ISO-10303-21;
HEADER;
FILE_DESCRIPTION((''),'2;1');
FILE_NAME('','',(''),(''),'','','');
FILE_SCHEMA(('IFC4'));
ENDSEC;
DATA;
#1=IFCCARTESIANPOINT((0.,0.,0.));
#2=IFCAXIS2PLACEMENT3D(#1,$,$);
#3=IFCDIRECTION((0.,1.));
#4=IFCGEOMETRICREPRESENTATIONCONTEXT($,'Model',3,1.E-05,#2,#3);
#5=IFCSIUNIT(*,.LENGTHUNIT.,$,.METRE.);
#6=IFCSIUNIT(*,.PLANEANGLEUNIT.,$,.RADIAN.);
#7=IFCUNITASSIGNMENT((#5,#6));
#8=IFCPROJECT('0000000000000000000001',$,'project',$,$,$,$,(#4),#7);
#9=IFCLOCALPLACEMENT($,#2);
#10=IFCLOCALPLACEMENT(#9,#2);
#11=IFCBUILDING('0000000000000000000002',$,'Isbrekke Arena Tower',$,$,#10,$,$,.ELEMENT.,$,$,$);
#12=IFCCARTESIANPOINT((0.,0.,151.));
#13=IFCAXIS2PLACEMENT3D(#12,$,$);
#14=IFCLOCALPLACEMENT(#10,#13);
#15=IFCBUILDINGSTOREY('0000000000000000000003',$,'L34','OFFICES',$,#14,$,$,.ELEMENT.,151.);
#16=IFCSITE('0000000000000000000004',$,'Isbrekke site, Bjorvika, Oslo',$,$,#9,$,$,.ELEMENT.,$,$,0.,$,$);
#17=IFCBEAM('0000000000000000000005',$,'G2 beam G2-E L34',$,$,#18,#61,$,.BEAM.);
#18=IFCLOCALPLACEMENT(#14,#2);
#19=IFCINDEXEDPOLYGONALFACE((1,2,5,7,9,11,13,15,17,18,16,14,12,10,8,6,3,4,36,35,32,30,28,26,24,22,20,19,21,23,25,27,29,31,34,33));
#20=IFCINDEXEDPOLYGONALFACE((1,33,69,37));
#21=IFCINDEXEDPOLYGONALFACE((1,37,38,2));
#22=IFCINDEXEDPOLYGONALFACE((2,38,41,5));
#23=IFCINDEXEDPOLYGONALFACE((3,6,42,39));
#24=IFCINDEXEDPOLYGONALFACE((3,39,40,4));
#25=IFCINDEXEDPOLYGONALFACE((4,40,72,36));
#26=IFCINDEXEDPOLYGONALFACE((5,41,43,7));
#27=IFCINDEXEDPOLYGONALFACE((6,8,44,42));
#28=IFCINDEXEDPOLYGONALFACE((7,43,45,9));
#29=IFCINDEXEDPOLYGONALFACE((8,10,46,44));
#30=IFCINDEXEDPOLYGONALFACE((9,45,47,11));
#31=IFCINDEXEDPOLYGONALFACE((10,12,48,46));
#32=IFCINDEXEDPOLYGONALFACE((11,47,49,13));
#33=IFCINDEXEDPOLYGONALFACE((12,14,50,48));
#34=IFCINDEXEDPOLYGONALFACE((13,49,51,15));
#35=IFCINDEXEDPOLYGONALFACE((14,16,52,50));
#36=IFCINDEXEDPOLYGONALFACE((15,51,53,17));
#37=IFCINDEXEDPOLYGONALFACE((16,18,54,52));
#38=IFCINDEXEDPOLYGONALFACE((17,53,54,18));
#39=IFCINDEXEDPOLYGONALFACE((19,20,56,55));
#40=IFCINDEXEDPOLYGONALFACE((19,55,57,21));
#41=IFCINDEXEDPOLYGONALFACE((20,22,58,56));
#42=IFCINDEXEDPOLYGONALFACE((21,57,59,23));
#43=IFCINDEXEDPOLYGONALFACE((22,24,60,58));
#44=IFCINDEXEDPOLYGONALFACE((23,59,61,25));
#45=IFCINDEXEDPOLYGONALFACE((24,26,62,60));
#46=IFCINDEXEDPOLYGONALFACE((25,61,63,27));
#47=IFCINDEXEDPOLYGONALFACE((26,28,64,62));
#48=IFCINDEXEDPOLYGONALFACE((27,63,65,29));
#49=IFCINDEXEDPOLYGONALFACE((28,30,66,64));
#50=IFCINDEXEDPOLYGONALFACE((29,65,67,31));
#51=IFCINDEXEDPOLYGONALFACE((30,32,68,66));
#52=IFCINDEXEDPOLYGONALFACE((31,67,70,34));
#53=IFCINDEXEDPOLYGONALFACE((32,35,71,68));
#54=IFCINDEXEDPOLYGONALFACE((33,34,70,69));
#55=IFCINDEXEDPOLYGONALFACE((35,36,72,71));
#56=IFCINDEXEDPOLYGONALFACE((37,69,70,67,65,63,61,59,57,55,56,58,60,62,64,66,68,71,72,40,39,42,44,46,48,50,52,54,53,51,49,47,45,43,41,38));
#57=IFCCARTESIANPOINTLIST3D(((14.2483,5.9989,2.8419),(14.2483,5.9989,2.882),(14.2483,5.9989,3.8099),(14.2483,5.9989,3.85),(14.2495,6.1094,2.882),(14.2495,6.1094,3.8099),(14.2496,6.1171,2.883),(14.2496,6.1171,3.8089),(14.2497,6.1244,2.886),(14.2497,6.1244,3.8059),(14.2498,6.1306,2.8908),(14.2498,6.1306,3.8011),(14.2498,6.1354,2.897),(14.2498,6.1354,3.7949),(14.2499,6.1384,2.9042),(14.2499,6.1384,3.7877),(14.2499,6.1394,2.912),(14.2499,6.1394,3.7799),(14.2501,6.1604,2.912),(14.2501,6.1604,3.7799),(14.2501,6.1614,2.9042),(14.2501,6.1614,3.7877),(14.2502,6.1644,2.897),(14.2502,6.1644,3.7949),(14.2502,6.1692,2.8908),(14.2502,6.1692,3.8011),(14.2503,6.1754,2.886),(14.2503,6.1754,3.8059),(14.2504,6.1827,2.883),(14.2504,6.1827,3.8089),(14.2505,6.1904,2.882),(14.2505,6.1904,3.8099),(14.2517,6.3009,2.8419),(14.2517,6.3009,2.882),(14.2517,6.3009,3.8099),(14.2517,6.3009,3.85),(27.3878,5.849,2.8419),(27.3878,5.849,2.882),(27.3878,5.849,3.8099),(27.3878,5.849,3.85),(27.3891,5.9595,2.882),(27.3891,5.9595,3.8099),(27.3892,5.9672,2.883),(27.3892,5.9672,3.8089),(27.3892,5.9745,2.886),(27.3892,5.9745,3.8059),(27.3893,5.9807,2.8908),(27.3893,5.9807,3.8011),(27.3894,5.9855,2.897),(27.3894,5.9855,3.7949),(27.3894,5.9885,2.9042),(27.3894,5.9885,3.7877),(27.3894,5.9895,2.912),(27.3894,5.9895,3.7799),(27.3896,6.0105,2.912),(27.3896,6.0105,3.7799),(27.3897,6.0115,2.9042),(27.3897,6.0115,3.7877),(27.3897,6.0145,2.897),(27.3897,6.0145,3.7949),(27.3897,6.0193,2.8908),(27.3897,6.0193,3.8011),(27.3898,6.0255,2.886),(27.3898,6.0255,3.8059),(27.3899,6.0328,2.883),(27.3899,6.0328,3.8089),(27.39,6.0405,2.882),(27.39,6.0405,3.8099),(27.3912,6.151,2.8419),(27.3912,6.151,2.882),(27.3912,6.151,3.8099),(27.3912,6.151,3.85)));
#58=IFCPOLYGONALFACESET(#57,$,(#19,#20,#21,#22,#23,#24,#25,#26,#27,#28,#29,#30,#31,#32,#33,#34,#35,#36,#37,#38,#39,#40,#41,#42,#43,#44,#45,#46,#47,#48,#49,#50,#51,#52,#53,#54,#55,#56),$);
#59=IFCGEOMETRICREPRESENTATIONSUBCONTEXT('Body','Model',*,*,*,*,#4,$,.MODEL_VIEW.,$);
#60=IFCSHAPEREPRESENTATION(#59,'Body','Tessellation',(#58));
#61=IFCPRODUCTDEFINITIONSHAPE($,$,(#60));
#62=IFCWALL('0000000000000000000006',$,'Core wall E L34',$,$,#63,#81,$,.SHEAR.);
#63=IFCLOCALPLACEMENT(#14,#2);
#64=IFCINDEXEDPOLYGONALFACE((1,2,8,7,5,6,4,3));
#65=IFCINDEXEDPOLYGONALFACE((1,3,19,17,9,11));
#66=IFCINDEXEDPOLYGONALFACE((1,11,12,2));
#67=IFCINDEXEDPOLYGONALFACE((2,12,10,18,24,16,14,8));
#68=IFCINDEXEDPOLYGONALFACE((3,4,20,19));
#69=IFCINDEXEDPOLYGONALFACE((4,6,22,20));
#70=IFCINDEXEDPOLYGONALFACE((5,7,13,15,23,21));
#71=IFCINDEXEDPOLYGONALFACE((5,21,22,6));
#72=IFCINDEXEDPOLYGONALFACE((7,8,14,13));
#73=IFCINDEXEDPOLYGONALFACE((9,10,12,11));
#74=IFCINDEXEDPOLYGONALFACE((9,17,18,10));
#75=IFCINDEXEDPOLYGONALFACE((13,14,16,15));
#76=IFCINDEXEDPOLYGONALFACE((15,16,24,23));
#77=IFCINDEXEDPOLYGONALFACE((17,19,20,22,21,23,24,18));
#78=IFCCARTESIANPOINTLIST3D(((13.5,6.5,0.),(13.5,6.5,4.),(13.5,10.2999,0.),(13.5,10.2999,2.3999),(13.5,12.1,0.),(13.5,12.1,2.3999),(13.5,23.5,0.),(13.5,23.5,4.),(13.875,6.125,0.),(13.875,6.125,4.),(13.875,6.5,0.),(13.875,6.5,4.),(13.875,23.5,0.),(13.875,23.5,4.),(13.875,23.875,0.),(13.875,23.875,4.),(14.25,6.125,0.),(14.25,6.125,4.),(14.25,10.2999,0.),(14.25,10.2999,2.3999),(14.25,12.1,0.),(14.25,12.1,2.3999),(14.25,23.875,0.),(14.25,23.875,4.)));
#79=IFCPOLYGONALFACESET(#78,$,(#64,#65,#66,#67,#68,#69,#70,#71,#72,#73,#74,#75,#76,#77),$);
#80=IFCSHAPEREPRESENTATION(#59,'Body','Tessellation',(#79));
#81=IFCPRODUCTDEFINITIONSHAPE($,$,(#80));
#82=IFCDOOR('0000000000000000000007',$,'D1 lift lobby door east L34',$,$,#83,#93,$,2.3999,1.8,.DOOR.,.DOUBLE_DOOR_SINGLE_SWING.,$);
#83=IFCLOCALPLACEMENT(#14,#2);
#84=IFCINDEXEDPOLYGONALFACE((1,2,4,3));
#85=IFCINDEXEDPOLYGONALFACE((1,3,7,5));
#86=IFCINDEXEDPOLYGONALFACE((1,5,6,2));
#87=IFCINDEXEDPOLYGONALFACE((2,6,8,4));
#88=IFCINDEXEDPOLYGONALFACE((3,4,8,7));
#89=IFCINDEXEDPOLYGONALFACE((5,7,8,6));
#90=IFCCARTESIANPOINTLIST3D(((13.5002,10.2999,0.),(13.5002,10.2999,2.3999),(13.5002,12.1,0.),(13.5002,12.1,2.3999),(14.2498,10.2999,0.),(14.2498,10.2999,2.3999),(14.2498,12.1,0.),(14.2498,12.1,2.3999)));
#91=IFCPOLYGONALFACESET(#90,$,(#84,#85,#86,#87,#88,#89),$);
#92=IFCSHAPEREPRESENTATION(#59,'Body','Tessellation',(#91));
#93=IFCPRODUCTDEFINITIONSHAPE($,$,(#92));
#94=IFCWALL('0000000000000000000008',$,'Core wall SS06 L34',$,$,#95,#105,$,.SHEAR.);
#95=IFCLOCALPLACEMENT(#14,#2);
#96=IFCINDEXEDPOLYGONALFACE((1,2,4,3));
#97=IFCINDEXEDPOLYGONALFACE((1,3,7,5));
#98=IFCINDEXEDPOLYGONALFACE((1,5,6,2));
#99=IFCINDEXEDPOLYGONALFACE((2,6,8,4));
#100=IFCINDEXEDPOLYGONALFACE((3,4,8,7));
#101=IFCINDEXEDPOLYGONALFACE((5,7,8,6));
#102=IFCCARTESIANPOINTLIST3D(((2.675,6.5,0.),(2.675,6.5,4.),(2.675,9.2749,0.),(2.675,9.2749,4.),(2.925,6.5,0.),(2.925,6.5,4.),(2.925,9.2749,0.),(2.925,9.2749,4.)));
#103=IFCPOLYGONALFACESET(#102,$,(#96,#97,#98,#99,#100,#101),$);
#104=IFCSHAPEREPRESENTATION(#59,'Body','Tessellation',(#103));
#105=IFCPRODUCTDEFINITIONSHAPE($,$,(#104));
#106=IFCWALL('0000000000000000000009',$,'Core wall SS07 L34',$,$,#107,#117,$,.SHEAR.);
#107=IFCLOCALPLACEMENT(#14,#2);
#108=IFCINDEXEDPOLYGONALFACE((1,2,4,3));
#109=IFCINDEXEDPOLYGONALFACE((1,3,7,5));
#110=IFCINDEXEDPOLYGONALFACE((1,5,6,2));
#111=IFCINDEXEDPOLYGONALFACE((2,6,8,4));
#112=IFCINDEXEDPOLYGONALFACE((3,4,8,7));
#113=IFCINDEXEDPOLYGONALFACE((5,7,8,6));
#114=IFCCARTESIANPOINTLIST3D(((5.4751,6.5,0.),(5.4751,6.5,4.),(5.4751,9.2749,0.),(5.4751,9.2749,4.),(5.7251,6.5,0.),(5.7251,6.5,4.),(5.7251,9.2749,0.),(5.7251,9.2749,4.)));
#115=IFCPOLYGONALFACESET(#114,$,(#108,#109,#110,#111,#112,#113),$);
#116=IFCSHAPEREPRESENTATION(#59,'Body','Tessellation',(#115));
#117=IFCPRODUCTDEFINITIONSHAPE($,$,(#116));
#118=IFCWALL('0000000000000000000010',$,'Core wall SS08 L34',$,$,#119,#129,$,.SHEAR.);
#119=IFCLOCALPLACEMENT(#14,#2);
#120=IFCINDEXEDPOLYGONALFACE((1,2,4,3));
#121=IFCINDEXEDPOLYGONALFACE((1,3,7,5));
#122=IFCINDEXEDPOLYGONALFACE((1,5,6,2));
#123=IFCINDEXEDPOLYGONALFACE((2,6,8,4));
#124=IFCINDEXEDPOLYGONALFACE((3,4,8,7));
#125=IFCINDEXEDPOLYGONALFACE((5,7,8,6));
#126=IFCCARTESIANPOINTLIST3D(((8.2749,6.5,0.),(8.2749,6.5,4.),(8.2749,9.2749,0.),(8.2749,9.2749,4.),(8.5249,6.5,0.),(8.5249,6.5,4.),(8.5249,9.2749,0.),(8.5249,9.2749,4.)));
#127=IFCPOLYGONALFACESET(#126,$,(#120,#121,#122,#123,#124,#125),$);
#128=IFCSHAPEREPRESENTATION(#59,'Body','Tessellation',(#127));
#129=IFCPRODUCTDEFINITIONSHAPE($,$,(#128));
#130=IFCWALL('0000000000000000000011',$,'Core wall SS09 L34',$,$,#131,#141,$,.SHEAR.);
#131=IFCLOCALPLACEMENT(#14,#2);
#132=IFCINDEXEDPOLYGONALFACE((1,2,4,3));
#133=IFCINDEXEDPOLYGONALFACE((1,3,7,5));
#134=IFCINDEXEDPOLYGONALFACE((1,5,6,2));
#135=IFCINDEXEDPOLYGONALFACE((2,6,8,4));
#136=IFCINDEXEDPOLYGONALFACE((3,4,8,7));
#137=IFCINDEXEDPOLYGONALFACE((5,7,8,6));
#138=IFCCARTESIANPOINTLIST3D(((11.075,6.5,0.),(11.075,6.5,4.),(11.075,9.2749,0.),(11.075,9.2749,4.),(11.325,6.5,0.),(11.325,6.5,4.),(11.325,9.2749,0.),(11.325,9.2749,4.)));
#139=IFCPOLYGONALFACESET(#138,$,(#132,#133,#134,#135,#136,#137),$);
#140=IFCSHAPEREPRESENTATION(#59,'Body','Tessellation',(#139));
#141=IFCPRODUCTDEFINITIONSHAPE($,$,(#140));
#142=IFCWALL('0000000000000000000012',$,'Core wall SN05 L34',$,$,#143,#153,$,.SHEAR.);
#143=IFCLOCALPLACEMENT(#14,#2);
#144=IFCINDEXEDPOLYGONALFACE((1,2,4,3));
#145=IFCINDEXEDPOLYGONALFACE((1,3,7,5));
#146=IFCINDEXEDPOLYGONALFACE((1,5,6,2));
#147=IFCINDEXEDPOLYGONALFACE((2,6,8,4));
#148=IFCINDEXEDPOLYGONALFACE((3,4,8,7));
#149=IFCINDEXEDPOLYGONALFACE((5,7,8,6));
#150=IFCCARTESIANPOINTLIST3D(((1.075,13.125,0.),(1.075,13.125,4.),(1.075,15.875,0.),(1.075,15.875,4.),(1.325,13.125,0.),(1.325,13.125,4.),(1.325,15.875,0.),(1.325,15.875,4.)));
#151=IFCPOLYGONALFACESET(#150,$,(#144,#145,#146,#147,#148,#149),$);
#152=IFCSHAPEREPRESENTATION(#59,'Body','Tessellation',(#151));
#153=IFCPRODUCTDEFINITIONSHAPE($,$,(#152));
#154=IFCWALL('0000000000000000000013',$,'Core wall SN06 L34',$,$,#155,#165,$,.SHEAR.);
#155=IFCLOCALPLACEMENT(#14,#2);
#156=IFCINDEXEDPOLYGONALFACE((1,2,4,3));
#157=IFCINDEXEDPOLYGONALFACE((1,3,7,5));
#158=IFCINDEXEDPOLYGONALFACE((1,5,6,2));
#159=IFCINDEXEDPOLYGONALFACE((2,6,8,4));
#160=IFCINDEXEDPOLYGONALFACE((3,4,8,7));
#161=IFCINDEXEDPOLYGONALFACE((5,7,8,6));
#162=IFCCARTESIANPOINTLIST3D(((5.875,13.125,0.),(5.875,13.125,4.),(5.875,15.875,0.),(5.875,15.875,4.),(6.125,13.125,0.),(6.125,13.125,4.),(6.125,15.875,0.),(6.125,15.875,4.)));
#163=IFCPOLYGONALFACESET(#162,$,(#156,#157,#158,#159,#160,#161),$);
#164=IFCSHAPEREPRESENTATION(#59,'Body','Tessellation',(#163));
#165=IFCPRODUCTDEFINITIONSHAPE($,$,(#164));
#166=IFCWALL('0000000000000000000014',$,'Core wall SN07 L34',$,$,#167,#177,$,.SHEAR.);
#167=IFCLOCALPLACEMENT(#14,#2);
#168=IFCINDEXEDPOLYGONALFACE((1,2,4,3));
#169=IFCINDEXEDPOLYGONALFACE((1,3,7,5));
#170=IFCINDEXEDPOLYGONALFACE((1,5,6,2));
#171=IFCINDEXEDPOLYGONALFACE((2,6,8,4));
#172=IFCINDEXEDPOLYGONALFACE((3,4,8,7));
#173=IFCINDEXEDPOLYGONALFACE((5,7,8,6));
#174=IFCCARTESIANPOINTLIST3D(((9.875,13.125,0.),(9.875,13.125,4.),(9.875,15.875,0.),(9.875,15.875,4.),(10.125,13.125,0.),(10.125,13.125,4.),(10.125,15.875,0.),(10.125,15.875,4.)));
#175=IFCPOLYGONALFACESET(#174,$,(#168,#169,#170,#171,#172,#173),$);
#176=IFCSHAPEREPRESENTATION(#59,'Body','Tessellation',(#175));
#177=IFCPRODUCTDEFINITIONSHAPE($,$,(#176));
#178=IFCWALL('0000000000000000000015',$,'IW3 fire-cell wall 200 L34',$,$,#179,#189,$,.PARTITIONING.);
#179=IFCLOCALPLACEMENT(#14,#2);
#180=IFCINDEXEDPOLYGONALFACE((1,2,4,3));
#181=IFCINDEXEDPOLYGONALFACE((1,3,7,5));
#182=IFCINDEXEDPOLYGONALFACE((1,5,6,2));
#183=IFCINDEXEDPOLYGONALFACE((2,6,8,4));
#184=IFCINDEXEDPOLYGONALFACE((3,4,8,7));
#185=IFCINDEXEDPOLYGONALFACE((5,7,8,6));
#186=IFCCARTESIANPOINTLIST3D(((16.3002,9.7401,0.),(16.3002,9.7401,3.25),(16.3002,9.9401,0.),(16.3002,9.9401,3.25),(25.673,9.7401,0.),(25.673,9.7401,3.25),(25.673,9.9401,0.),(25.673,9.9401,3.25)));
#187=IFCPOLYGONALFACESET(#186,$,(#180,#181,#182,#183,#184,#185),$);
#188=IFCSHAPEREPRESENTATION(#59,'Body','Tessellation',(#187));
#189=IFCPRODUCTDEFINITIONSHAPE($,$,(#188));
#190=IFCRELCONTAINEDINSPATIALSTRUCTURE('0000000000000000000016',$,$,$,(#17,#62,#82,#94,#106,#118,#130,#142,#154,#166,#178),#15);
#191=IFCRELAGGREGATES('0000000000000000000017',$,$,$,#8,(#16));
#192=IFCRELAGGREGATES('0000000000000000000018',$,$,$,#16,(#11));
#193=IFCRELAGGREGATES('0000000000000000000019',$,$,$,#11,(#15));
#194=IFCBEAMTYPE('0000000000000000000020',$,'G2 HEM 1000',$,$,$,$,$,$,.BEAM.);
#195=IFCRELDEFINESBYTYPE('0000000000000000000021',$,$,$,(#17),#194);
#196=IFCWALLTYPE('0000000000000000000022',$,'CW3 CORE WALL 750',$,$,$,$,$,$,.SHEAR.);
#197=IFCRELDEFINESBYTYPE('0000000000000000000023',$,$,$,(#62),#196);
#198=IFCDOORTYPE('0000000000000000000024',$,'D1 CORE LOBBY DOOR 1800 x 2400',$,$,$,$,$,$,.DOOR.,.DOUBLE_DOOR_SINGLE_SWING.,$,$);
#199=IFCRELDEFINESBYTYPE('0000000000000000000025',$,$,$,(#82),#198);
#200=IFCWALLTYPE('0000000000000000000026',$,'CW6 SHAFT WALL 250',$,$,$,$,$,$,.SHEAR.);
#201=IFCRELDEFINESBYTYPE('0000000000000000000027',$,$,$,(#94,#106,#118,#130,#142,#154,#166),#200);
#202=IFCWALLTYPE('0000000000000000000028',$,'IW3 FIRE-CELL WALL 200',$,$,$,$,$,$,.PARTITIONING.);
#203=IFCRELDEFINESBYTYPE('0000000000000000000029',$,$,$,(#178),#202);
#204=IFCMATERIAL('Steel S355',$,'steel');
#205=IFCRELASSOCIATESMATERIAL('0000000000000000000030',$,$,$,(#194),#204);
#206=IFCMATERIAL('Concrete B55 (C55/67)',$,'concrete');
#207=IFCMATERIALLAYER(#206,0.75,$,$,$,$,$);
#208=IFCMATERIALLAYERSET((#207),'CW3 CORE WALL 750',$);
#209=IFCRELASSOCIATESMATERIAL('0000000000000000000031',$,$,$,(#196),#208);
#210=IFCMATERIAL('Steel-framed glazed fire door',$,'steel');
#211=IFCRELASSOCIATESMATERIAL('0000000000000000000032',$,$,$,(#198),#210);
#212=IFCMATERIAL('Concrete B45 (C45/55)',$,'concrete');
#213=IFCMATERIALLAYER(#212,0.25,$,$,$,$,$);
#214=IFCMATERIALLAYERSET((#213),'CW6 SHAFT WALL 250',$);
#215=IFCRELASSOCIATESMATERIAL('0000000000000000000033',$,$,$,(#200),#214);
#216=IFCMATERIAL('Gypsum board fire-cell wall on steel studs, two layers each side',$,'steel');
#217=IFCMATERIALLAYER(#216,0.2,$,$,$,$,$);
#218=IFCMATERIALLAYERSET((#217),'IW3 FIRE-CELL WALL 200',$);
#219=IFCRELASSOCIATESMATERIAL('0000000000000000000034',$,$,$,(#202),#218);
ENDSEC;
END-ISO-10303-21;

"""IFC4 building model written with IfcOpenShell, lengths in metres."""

from ifc_helpers import new_model, si_unit, direction, frame, frame_2d, origin, origin_2d, place, context, subcontext, project, spatial, polyline, rectangle, i_section, outline, extrude, material, layer, layer_set, material_profile, profile_set, type_object, element, fill, save


model = new_model("IFC4")

# Units and contexts
model_context = context("Model", 3, precision=1e-05, world=origin(), true_north=direction((0.0, 1.0)))
body_context = subcontext(model_context, "Body", "Model", "MODEL_VIEW")
ifc_project = project(units=[si_unit("LENGTHUNIT", "METRE"), si_unit("PLANEANGLEUNIT", "RADIAN")], contexts=[model_context])

# Site, building, storey
site_placement = place(None, origin())
site = spatial("IfcSite", under=ifc_project, at=site_placement, Name="Isbrekke site, Bjorvika, Oslo", CompositionType="ELEMENT", RefElevation=0.0)
building_placement = place(site_placement, origin())
building = spatial("IfcBuilding", under=site, at=building_placement, Name="Isbrekke Arena Tower", CompositionType="ELEMENT")
storey_placement = place(building_placement, frame((0.0, 0.0, 151.0)))
storey = spatial("IfcBuildingStorey", under=building, at=storey_placement, Name="L34", Description="OFFICES", CompositionType="ELEMENT", Elevation=151.0)

# Beam
ifc_material_1 = material(Name="Steel S355", Category="steel")
ifc_material_profile = material_profile(ifc_material_1, i_section(OverallWidth=0.302, OverallDepth=1.0081, WebThickness=0.021, FlangeThickness=0.04, FilletRadius=0.03, at=origin_2d()), Name="HEM 1000")
ifc_profile_set = profile_set([ifc_material_profile], Name="Steel S355")
beam_type = type_object("IfcBeamType", Name="G2 HEM 1000", PredefinedType="BEAM", material=ifc_profile_set)
beam_placement = place(storey_placement, frame((14.25, 6.1499, 3.3459), z_axis=(0.999935, -0.011408, 0.0), x_axis=(0.011408, 0.999935, 0.0)))
element("IfcBeam", 1, at=beam_placement, inside=storey, type_object=beam_type, Name="G2 beam G2-E L34", PredefinedType="BEAM", context=body_context, shape_type="SweptSolid", body=[
    extrude(i_section(OverallWidth=0.302, OverallDepth=1.0081, WebThickness=0.021, FlangeThickness=0.04, FilletRadius=0.03, at=origin_2d()), origin(), (0.0, 0.0, 1.0), 13.1404),
])

# Wall, opening, door
ifc_material_2 = material(Name="Concrete B55 (C55/67)", Category="concrete")
ifc_layer_1 = layer(ifc_material_2, 0.75)
ifc_layer_set_1 = layer_set([ifc_layer_1], Name="CW3 CORE WALL 750")
wall_type_1 = type_object("IfcWallType", Name="CW3 CORE WALL 750", PredefinedType="SHEAR", material=ifc_layer_set_1)
wall_1_placement = place(storey_placement, frame((13.875, 6.125, 0.0), z_axis=(0.0, 0.0, 1.0), x_axis=(0.0, 1.0, 0.0)))
wall_1 = element("IfcWall", 2, at=wall_1_placement, inside=storey, type_object=wall_type_1, Name="Core wall E L34", PredefinedType="SHEAR", context=body_context, shape_type="SweptSolid", body=[
    extrude(outline(polyline([(0.0, -0.375), (17.75, -0.375), (17.75, 0.0), (17.375, 0.0), (17.375, 0.375), (0.375, 0.375), (0.375, 0.0), (0.0, 0.0), (0.0, -0.375)])), origin(), (0.0, 0.0, 1.0), 4.0),
])
opening_1_placement = place(wall_1_placement, frame((4.175, 0.0, 0.0)))
opening_1 = element("IfcOpeningElement", 3, at=opening_1_placement, cuts=wall_1, PredefinedType="OPENING", context=body_context, shape_type="SweptSolid", body=[
    extrude(rectangle(XDim=1.8, YDim=2.3999, at=frame_2d((0.8999, 1.2))), frame((0.0, 0.3899, 0.0), z_axis=(0.0, -1.0, 0.0), x_axis=(1.0, 0.0, 0.0)), (0.0, 0.0, 1.0), 0.7798),
])
ifc_material_3 = material(Name="Steel-framed glazed fire door", Category="steel")
door_type_1 = type_object("IfcDoorType", Name="D1 CORE LOBBY DOOR 1800 x 2400", OperationType="DOUBLE_DOOR_SINGLE_SWING", PredefinedType="DOOR", material=ifc_material_3)
door_1_placement = place(opening_1_placement, origin())
door_1 = element("IfcDoor", 4, at=door_1_placement, inside=storey, type_object=door_type_1, Name="D1 lift lobby door east L34", OperationType="DOUBLE_DOOR_SINGLE_SWING", OverallHeight=2.3999, OverallWidth=1.8, PredefinedType="DOOR", context=body_context, shape_type="SweptSolid", body=[
    extrude(rectangle(XDim=1.8, YDim=2.3999, at=frame_2d((0.8999, 1.2))), frame((0.0, 0.3748, 0.0), z_axis=(0.0, -1.0, 0.0), x_axis=(1.0, 0.0, 0.0)), (0.0, 0.0, 1.0), 0.7495),
])
fill(opening_1, door_1)

# Walls
ifc_material_4 = material(Name="Concrete B45 (C45/55)", Category="concrete")
ifc_layer_2 = layer(ifc_material_4, 0.25)
ifc_layer_set_2 = layer_set([ifc_layer_2], Name="CW6 SHAFT WALL 250")
wall_type_2 = type_object("IfcWallType", Name="CW6 SHAFT WALL 250", PredefinedType="SHEAR", material=ifc_layer_set_2)
for number, where, z_axis, x_axis, name in (
    (5, (2.8, 6.5, 0.0), (0.0, 0.0, 1.0), (0.0, 1.0, 0.0), "Core wall SS06 L34"),
    (6, (5.6001, 6.5, 0.0), (0.0, 0.0, 1.0), (0.0, 1.0, 0.0), "Core wall SS07 L34"),
    (7, (8.3999, 6.5, 0.0), (0.0, 0.0, 1.0), (0.0, 1.0, 0.0), "Core wall SS08 L34"),
    (8, (11.2, 6.5, 0.0), (0.0, 0.0, 1.0), (0.0, 1.0, 0.0), "Core wall SS09 L34"),
):
    element("IfcWall", number, at=place(storey_placement, frame(where, z_axis=z_axis, x_axis=x_axis)), inside=storey, type_object=wall_type_2, Name=name, PredefinedType="SHEAR", context=body_context, shape_type="SweptSolid", body=[
        extrude(rectangle(XDim=2.7749, YDim=0.25, at=frame_2d((1.3875, 0.0))), origin(), (0.0, 0.0, 1.0), 4.0),
    ])
for number, where, z_axis, x_axis, name in (
    (9, (1.2, 13.125, 0.0), (0.0, 0.0, 1.0), (0.0, 1.0, 0.0), "Core wall SN05 L34"),
    (10, (6.0, 13.125, 0.0), (0.0, 0.0, 1.0), (0.0, 1.0, 0.0), "Core wall SN06 L34"),
    (11, (10.0, 13.125, 0.0), (0.0, 0.0, 1.0), (0.0, 1.0, 0.0), "Core wall SN07 L34"),
):
    element("IfcWall", number, at=place(storey_placement, frame(where, z_axis=z_axis, x_axis=x_axis)), inside=storey, type_object=wall_type_2, Name=name, PredefinedType="SHEAR", context=body_context, shape_type="SweptSolid", body=[
        extrude(rectangle(XDim=2.75, YDim=0.25, at=frame_2d((1.375, 0.0))), origin(), (0.0, 0.0, 1.0), 4.0),
    ])
ifc_material_5 = material(Name="Gypsum board fire-cell wall on steel studs, two layers each side", Category="steel")
ifc_layer_3 = layer(ifc_material_5, 0.2)
ifc_layer_set_3 = layer_set([ifc_layer_3], Name="IW3 FIRE-CELL WALL 200")
wall_type_3 = type_object("IfcWallType", Name="IW3 FIRE-CELL WALL 200", PredefinedType="PARTITIONING", material=ifc_layer_set_3)
wall_2_placement = place(storey_placement, frame((16.3, 9.8401, 0.0), z_axis=(0.0, 0.0, 1.0), x_axis=(1.0, 0.0, 0.0)))
element("IfcWall", 12, at=wall_2_placement, inside=storey, type_object=wall_type_3, Name="IW3 fire-cell wall 200 L34", PredefinedType="PARTITIONING", context=body_context, shape_type="SweptSolid", body=[
    extrude(rectangle(XDim=9.3728, YDim=0.2, at=frame_2d((4.6865, 0.0))), origin(), (0.0, 0.0, 1.0), 3.25),
])

save(model, "model.ifc")
